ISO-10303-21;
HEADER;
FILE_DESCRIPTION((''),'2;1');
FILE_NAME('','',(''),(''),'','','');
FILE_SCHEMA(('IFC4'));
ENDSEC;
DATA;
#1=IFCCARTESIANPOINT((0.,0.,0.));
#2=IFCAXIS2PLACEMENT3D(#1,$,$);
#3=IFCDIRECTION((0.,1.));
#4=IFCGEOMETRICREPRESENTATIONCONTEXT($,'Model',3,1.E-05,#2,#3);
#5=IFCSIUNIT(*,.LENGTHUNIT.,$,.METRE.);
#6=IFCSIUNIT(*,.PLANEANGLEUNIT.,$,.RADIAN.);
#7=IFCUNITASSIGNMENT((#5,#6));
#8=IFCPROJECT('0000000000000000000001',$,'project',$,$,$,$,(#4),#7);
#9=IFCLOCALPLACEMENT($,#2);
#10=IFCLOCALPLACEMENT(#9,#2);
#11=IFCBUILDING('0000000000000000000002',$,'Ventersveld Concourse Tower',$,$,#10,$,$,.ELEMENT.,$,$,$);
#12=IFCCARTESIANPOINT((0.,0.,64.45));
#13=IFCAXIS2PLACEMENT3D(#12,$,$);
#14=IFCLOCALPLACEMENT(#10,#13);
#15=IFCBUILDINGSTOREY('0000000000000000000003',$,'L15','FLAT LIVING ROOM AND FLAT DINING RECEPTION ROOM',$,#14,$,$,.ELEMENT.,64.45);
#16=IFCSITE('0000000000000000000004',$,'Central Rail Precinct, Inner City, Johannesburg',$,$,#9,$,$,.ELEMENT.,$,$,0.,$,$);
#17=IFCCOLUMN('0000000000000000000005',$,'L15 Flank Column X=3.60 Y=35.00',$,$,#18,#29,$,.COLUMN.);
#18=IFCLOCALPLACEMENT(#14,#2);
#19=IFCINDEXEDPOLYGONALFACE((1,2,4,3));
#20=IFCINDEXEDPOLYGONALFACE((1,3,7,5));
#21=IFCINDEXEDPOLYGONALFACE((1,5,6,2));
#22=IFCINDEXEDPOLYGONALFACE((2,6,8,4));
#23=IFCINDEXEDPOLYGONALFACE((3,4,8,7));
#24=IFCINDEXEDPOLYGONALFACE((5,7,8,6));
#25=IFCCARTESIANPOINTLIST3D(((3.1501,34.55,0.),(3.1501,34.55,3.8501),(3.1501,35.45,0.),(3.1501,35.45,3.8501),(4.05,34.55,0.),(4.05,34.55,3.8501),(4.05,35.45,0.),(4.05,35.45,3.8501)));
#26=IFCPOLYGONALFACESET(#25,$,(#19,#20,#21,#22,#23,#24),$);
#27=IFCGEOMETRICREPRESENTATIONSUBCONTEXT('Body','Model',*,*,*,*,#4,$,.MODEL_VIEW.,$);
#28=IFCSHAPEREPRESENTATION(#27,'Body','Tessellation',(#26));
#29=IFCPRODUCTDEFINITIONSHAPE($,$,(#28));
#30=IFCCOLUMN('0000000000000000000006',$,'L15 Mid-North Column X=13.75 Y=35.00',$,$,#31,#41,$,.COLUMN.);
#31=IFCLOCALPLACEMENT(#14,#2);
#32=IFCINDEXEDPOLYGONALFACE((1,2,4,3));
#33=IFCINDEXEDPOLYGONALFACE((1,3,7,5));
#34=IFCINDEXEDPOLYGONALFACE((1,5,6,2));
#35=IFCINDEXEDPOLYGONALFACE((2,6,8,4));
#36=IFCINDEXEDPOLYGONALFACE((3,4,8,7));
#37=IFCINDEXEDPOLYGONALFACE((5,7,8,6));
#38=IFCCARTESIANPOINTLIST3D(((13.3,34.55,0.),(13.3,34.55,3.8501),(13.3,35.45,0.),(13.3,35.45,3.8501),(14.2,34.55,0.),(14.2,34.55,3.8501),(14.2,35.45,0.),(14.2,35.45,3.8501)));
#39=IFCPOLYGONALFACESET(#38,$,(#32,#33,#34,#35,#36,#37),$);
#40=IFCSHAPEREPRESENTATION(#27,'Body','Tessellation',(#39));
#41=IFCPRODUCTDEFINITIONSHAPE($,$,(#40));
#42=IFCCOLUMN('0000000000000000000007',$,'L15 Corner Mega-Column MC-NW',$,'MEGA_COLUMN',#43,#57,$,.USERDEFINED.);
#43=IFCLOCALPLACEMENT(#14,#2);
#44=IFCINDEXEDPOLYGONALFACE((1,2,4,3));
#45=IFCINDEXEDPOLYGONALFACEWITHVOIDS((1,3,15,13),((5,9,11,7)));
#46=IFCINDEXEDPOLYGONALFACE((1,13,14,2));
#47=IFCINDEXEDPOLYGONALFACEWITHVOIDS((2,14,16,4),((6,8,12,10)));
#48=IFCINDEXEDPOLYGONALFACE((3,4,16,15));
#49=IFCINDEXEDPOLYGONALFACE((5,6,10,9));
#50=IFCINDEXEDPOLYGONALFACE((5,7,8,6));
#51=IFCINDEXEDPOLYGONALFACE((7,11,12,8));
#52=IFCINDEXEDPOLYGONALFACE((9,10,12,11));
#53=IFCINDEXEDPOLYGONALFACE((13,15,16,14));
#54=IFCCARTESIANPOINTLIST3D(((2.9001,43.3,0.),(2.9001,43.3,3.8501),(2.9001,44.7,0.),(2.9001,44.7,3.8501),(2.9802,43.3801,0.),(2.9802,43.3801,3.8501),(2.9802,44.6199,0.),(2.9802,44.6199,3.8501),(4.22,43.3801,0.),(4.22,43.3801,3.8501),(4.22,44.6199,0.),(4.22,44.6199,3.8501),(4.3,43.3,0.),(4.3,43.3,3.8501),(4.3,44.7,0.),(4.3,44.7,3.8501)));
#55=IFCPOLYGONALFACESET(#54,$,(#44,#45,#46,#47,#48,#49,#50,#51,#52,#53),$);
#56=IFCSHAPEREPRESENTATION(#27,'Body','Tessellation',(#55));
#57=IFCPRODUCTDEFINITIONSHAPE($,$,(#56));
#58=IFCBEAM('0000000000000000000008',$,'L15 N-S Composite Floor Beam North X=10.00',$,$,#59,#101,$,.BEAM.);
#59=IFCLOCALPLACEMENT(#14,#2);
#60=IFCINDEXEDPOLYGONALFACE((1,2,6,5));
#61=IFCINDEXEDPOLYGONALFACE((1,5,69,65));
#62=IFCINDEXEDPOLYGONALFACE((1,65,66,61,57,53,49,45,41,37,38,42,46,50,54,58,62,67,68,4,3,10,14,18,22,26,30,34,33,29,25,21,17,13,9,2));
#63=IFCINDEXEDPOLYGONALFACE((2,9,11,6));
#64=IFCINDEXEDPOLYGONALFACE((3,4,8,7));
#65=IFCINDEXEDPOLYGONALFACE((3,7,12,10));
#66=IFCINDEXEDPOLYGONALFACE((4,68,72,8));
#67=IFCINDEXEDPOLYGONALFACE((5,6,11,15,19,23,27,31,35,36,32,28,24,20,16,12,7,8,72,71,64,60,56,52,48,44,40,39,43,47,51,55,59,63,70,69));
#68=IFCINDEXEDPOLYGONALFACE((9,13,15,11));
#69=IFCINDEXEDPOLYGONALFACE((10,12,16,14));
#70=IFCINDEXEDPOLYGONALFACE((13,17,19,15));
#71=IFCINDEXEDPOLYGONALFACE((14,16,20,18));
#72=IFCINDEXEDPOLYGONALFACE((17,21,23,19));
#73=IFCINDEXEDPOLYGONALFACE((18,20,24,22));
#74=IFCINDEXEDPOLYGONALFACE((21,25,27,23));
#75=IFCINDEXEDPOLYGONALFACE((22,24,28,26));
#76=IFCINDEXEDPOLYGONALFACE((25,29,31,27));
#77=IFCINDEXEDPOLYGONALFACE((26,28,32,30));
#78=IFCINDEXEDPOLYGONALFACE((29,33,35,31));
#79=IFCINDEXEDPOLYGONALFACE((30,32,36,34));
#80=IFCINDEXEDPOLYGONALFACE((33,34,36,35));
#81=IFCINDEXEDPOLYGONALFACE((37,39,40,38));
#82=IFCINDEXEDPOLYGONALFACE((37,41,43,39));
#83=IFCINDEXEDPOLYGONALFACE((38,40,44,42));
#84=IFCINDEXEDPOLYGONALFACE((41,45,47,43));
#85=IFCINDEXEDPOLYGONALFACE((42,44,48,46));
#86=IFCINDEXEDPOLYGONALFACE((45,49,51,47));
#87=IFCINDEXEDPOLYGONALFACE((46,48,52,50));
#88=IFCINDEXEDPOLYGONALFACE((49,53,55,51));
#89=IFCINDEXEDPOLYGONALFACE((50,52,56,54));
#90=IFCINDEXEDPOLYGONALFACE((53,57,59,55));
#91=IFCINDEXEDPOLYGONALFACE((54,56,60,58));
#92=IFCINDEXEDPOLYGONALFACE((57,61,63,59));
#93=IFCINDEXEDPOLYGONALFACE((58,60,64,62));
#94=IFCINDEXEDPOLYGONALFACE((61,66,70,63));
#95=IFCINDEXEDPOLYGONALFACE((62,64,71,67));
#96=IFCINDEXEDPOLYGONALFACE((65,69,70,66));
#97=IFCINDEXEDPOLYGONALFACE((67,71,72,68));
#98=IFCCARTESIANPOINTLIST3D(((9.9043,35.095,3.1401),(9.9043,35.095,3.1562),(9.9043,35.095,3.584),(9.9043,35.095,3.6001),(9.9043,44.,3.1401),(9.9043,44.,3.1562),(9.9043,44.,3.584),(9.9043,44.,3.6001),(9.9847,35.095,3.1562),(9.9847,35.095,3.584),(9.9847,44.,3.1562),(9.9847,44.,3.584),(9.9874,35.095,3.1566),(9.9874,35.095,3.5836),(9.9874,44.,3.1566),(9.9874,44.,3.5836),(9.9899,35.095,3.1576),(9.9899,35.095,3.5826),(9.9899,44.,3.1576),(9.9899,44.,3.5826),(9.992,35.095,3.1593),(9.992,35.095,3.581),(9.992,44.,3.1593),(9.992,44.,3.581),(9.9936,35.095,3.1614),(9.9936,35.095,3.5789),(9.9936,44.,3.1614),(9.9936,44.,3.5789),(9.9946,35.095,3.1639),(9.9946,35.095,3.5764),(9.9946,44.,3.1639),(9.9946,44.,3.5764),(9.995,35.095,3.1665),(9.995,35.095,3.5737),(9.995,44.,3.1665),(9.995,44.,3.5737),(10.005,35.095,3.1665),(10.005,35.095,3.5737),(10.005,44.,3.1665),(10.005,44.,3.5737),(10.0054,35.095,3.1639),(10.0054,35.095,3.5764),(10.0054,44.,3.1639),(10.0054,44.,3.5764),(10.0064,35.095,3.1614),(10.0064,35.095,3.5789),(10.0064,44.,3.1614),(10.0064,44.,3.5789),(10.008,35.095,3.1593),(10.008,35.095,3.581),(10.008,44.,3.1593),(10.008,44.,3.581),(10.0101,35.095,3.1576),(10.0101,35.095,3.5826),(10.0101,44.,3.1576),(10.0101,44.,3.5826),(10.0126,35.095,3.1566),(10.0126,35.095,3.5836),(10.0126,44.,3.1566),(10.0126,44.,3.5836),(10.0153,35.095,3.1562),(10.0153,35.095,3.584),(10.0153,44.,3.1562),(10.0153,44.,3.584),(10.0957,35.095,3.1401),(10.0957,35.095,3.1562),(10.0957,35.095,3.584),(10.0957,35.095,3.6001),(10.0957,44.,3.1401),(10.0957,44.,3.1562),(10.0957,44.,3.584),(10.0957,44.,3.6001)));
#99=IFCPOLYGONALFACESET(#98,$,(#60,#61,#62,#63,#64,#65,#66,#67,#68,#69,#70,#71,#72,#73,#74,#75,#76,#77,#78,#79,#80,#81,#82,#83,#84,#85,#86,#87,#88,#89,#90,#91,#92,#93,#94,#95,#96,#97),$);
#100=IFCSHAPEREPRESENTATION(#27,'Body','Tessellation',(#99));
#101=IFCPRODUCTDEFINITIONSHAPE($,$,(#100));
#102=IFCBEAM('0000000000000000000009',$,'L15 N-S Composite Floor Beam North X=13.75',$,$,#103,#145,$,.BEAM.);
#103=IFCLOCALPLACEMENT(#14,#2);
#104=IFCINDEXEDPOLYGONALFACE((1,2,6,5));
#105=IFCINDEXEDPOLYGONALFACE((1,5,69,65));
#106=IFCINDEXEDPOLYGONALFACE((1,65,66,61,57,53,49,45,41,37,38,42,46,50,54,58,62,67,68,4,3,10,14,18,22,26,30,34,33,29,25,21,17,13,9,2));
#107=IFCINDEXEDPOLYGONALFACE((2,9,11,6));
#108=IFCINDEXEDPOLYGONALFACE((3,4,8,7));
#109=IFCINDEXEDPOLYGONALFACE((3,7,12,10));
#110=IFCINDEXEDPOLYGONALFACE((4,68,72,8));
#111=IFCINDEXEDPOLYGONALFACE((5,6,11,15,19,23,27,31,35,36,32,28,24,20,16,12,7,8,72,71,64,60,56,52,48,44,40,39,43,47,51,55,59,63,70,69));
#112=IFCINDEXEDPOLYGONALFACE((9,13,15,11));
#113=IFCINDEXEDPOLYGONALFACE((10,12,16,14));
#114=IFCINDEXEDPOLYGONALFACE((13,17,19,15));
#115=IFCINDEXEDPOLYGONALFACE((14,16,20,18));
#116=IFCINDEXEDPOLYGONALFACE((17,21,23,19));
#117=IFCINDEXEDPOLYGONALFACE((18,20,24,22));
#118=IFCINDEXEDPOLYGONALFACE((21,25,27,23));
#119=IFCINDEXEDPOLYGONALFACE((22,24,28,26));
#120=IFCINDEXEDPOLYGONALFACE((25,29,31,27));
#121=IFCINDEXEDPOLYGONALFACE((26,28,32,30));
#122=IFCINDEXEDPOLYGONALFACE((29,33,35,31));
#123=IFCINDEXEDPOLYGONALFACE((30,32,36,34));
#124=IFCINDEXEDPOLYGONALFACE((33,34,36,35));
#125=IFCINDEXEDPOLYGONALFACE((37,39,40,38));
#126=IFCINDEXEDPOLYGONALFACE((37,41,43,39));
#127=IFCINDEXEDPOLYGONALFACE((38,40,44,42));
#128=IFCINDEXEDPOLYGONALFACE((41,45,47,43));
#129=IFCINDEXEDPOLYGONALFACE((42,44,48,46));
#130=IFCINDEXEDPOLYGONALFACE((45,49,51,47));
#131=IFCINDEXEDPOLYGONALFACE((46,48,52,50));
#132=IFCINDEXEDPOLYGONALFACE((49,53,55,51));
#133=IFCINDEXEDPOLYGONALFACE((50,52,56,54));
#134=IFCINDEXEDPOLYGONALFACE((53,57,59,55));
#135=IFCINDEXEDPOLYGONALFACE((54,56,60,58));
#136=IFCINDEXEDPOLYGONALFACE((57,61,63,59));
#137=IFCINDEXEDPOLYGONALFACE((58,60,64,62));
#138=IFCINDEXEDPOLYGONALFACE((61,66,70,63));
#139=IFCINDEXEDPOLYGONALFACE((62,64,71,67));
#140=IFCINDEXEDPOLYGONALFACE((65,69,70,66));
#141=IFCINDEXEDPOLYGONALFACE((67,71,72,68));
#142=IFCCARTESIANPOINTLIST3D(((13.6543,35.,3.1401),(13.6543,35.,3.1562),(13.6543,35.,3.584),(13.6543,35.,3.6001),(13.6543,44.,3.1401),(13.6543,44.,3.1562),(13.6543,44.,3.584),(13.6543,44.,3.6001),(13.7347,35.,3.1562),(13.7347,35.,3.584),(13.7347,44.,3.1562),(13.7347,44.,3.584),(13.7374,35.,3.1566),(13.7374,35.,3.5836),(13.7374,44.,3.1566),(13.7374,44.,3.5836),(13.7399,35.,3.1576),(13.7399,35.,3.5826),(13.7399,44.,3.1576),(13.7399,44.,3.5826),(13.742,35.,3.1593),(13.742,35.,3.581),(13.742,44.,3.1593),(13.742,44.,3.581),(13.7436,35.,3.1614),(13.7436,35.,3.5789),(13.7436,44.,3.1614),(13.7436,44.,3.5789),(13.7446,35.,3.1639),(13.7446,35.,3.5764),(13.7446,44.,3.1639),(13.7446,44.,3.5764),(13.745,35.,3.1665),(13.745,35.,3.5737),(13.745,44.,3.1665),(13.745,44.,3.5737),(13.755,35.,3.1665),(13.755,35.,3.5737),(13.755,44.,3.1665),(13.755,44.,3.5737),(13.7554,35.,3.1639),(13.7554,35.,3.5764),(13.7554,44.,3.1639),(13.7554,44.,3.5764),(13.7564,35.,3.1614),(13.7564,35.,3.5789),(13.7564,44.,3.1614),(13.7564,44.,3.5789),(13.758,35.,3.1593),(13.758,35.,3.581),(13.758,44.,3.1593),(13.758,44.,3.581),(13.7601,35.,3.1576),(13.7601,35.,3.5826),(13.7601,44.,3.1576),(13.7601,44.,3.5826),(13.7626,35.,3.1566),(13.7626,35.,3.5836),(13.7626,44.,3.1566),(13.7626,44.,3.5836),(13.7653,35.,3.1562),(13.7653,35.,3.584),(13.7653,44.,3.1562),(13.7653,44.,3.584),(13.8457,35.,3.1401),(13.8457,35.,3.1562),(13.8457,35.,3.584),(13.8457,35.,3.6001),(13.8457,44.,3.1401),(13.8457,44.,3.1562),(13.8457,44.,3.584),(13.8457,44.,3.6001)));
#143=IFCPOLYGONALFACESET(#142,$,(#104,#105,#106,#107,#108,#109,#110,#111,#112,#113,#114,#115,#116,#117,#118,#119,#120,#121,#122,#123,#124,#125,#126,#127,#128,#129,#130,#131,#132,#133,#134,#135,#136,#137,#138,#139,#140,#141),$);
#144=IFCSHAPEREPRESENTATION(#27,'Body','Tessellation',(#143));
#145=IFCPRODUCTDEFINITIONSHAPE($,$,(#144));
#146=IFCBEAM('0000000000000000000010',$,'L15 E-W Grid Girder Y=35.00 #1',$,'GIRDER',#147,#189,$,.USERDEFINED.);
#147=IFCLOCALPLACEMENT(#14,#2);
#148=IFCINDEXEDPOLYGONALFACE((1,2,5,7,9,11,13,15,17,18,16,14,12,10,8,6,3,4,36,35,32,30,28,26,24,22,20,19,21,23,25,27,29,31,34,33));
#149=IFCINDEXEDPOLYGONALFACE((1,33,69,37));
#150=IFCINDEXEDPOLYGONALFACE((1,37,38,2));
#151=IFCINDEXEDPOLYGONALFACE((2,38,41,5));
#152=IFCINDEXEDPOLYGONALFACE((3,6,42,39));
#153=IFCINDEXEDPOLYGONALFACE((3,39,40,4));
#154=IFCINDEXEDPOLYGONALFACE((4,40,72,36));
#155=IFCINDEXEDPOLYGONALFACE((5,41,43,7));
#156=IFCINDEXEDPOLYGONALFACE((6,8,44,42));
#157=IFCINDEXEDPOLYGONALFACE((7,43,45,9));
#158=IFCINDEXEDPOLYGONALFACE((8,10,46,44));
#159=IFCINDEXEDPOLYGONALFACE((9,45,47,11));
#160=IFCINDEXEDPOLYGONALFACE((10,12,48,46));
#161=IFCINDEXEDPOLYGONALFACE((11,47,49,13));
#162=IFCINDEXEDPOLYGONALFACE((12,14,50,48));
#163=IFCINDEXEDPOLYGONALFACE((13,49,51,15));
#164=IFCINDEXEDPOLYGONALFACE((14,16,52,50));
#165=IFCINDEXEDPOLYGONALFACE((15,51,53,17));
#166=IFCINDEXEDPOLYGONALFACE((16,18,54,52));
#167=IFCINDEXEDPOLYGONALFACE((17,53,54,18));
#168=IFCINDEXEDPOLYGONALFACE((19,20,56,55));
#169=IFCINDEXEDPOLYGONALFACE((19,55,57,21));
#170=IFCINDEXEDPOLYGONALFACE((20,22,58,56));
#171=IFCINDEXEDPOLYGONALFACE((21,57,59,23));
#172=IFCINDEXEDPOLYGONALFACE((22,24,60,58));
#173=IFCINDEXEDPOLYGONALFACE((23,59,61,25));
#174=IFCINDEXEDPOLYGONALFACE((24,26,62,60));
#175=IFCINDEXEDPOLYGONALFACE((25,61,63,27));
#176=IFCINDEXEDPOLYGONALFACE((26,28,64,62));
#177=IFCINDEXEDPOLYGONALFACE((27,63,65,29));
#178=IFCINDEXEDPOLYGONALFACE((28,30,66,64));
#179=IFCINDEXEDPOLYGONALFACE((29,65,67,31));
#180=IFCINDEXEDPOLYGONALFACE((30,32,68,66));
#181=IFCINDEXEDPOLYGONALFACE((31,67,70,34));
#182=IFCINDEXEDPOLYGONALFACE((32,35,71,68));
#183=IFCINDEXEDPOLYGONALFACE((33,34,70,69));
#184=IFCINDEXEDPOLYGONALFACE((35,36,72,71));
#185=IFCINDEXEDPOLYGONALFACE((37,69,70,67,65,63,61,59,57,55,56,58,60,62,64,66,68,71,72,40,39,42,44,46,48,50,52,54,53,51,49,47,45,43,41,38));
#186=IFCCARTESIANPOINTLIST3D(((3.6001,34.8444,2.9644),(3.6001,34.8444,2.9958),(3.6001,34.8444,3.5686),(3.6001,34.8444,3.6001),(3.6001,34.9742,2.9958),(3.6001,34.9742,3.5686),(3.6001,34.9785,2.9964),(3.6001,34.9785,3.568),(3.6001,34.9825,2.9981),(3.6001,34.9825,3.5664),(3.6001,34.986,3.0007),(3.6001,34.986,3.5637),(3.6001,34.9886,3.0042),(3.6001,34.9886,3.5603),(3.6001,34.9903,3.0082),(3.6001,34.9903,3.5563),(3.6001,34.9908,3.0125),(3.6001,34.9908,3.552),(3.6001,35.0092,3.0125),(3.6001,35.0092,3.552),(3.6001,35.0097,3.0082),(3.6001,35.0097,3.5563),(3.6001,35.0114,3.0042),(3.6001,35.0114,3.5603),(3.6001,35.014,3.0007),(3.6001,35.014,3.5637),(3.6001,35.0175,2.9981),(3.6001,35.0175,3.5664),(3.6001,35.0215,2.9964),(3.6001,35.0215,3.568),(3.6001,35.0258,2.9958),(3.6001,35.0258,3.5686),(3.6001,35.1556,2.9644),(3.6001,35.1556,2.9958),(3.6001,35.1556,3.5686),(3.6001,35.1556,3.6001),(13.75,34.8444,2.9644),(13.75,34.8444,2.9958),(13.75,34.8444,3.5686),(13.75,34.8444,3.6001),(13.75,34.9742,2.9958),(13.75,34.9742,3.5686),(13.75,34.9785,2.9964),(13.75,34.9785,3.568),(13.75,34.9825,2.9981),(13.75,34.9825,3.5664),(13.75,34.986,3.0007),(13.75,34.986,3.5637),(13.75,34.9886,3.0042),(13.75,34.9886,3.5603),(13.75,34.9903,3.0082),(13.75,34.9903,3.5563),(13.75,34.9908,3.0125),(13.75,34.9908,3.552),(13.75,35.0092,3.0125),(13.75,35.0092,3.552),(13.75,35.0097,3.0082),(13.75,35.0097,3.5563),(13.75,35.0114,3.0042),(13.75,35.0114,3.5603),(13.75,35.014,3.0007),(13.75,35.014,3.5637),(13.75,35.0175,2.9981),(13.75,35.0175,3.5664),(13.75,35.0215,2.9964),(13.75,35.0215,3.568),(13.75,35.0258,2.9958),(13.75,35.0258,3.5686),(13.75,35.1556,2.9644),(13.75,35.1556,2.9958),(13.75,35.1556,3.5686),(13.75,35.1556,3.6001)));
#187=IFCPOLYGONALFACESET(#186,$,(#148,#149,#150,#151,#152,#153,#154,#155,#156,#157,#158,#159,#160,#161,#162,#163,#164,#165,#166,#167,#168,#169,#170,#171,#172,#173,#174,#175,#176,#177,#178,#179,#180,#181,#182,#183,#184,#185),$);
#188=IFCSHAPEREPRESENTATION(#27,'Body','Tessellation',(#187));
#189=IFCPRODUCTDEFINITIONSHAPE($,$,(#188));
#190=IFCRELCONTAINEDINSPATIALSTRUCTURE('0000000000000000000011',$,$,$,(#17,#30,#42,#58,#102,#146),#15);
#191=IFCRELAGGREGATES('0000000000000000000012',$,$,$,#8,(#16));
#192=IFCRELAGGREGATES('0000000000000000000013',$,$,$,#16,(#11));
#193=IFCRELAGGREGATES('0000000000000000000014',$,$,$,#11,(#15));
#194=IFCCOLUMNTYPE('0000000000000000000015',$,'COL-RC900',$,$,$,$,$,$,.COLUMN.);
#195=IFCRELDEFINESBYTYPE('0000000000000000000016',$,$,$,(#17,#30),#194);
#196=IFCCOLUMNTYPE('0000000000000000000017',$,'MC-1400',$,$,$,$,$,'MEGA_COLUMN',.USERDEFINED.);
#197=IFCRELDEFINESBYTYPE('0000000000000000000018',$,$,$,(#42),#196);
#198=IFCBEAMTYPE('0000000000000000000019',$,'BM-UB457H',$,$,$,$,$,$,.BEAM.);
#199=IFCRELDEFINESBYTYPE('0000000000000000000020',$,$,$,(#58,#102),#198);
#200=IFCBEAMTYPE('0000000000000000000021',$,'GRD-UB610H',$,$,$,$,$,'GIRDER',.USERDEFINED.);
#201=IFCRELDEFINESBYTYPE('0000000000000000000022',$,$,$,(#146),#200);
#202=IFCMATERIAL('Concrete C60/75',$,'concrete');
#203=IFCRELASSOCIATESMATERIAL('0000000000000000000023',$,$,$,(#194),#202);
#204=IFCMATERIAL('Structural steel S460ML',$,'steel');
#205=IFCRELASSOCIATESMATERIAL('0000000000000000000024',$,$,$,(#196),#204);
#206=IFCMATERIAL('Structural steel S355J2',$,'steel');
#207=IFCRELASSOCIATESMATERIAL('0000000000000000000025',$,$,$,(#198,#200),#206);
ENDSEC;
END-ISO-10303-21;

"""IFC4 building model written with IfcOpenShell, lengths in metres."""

from ifc_helpers import new_model, si_unit, direction, frame, origin, origin_2d, place, context, subcontext, project, spatial, rectangle, hollow_rectangle, i_section, extrude, material, material_profile, profile_set, type_object, element, save


model = new_model("IFC4")

# Units and contexts
model_context = context("Model", 3, precision=1e-05, world=origin(), true_north=direction((0.0, 1.0)))
body_context = subcontext(model_context, "Body", "Model", "MODEL_VIEW")
ifc_project = project(units=[si_unit("LENGTHUNIT", "METRE"), si_unit("PLANEANGLEUNIT", "RADIAN")], contexts=[model_context])

# Site, building, storey
site_placement = place(None, origin())
site = spatial("IfcSite", under=ifc_project, at=site_placement, Name="Central Rail Precinct, Inner City, Johannesburg", CompositionType="ELEMENT", RefElevation=0.0)
building_placement = place(site_placement, origin())
building = spatial("IfcBuilding", under=site, at=building_placement, Name="Ventersveld Concourse Tower", CompositionType="ELEMENT")
storey_placement = place(building_placement, frame((0.0, 0.0, 64.45)))
storey = spatial("IfcBuildingStorey", under=building, at=storey_placement, Name="L15", Description="FLAT LIVING ROOM AND FLAT DINING RECEPTION ROOM", CompositionType="ELEMENT", Elevation=64.45)

# Columns
ifc_material_1 = material(Name="Concrete C60/75", Category="concrete")
ifc_material_profile_1 = material_profile(ifc_material_1, rectangle(XDim=0.8999, YDim=0.8999, at=origin_2d()), Name="RC 900x900")
ifc_profile_set_1 = profile_set([ifc_material_profile_1], Name="Concrete C60/75")
column_type_1 = type_object("IfcColumnType", Name="COL-RC900", PredefinedType="COLUMN", material=ifc_profile_set_1)
for number, where, z_axis, x_axis, name in (
    (1, (3.6001, 35.0, 0.0), (0.0, 0.0, 1.0), (1.0, 0.0, 0.0), "L15 Flank Column X=3.60 Y=35.00"),
    (2, (13.75, 35.0, 0.0), (0.0, 0.0, 1.0), (1.0, 0.0, 0.0), "L15 Mid-North Column X=13.75 Y=35.00"),
):
    element("IfcColumn", number, at=place(storey_placement, frame(where, z_axis=z_axis, x_axis=x_axis)), inside=storey, type_object=column_type_1, Name=name, PredefinedType="COLUMN", context=body_context, shape_type="SweptSolid", body=[
        extrude(rectangle(XDim=0.8999, YDim=0.8999, at=origin_2d()), origin(), (0.0, 0.0, 1.0), 3.8501),
    ])
ifc_material_2 = material(Name="Structural steel S460ML", Category="steel")
ifc_material_profile_2 = material_profile(ifc_material_2, hollow_rectangle(XDim=1.3999, YDim=1.3999, WallThickness=0.0801, at=origin_2d()), Name="BOX 1400x1400x80")
ifc_profile_set_2 = profile_set([ifc_material_profile_2], Name="Structural steel S460ML")
column_type_2 = type_object("IfcColumnType", Name="MC-1400", ElementType="MEGA_COLUMN", PredefinedType="USERDEFINED", material=ifc_profile_set_2)
column_placement = place(storey_placement, frame((3.6001, 44.0, 0.0), z_axis=(0.0, 0.0, 1.0), x_axis=(1.0, 0.0, 0.0)))
element("IfcColumn", 3, at=column_placement, inside=storey, type_object=column_type_2, Name="L15 Corner Mega-Column MC-NW", ObjectType="MEGA_COLUMN", PredefinedType="USERDEFINED", context=body_context, shape_type="SweptSolid", body=[
    extrude(hollow_rectangle(XDim=1.3999, YDim=1.3999, WallThickness=0.0801, at=origin_2d()), origin(), (0.0, 0.0, 1.0), 3.8501),
])

# Beams
ifc_material_3 = material(Name="Structural steel S355J2", Category="steel")
ifc_material_profile_3 = material_profile(ifc_material_3, i_section(OverallWidth=0.1914, OverallDepth=0.46, WebThickness=0.01, FlangeThickness=0.0161, FilletRadius=0.0103, at=origin_2d()), Name="UB 457x191x82")
ifc_profile_set_3 = profile_set([ifc_material_profile_3], Name="Structural steel S355J2")
beam_type_1 = type_object("IfcBeamType", Name="BM-UB457H", PredefinedType="BEAM", material=ifc_profile_set_3)
beam_1_placement = place(storey_placement, frame((10.0, 35.095, 3.3701), z_axis=(0.0, 1.0, 0.0), x_axis=(-1.0, 0.0, 0.0)))
element("IfcBeam", 4, at=beam_1_placement, inside=storey, type_object=beam_type_1, Name="L15 N-S Composite Floor Beam North X=10.00", PredefinedType="BEAM", context=body_context, shape_type="SweptSolid", body=[
    extrude(i_section(OverallWidth=0.1914, OverallDepth=0.46, WebThickness=0.01, FlangeThickness=0.0161, FilletRadius=0.0103, at=origin_2d()), origin(), (0.0, 0.0, 1.0), 8.905),
])
beam_2_placement = place(storey_placement, frame((13.75, 35.0, 3.3701), z_axis=(0.0, 1.0, 0.0), x_axis=(-1.0, 0.0, 0.0)))
element("IfcBeam", 5, at=beam_2_placement, inside=storey, type_object=beam_type_1, Name="L15 N-S Composite Floor Beam North X=13.75", PredefinedType="BEAM", context=body_context, shape_type="SweptSolid", body=[
    extrude(i_section(OverallWidth=0.1914, OverallDepth=0.46, WebThickness=0.01, FlangeThickness=0.0161, FilletRadius=0.0103, at=origin_2d()), origin(), (0.0, 0.0, 1.0), 9.0),
])
ifc_material_profile_4 = material_profile(ifc_material_3, i_section(OverallWidth=0.3113, OverallDepth=0.6357, WebThickness=0.0183, FlangeThickness=0.0315, FilletRadius=0.0166, at=origin_2d()), Name="UB 610x305x238")
ifc_profile_set_4 = profile_set([ifc_material_profile_4], Name="Structural steel S355J2")
beam_type_2 = type_object("IfcBeamType", Name="GRD-UB610H", ElementType="GIRDER", PredefinedType="USERDEFINED", material=ifc_profile_set_4)
beam_3_placement = place(storey_placement, frame((3.6001, 35.0, 3.2822), z_axis=(1.0, 0.0, 0.0), x_axis=(0.0, 1.0, 0.0)))
element("IfcBeam", 6, at=beam_3_placement, inside=storey, type_object=beam_type_2, Name="L15 E-W Grid Girder Y=35.00 #1", ObjectType="GIRDER", PredefinedType="USERDEFINED", context=body_context, shape_type="SweptSolid", body=[
    extrude(i_section(OverallWidth=0.3113, OverallDepth=0.6357, WebThickness=0.0183, FlangeThickness=0.0315, FilletRadius=0.0166, at=origin_2d()), origin(), (0.0, 0.0, 1.0), 10.1499),
])

save(model, "model.ifc")
